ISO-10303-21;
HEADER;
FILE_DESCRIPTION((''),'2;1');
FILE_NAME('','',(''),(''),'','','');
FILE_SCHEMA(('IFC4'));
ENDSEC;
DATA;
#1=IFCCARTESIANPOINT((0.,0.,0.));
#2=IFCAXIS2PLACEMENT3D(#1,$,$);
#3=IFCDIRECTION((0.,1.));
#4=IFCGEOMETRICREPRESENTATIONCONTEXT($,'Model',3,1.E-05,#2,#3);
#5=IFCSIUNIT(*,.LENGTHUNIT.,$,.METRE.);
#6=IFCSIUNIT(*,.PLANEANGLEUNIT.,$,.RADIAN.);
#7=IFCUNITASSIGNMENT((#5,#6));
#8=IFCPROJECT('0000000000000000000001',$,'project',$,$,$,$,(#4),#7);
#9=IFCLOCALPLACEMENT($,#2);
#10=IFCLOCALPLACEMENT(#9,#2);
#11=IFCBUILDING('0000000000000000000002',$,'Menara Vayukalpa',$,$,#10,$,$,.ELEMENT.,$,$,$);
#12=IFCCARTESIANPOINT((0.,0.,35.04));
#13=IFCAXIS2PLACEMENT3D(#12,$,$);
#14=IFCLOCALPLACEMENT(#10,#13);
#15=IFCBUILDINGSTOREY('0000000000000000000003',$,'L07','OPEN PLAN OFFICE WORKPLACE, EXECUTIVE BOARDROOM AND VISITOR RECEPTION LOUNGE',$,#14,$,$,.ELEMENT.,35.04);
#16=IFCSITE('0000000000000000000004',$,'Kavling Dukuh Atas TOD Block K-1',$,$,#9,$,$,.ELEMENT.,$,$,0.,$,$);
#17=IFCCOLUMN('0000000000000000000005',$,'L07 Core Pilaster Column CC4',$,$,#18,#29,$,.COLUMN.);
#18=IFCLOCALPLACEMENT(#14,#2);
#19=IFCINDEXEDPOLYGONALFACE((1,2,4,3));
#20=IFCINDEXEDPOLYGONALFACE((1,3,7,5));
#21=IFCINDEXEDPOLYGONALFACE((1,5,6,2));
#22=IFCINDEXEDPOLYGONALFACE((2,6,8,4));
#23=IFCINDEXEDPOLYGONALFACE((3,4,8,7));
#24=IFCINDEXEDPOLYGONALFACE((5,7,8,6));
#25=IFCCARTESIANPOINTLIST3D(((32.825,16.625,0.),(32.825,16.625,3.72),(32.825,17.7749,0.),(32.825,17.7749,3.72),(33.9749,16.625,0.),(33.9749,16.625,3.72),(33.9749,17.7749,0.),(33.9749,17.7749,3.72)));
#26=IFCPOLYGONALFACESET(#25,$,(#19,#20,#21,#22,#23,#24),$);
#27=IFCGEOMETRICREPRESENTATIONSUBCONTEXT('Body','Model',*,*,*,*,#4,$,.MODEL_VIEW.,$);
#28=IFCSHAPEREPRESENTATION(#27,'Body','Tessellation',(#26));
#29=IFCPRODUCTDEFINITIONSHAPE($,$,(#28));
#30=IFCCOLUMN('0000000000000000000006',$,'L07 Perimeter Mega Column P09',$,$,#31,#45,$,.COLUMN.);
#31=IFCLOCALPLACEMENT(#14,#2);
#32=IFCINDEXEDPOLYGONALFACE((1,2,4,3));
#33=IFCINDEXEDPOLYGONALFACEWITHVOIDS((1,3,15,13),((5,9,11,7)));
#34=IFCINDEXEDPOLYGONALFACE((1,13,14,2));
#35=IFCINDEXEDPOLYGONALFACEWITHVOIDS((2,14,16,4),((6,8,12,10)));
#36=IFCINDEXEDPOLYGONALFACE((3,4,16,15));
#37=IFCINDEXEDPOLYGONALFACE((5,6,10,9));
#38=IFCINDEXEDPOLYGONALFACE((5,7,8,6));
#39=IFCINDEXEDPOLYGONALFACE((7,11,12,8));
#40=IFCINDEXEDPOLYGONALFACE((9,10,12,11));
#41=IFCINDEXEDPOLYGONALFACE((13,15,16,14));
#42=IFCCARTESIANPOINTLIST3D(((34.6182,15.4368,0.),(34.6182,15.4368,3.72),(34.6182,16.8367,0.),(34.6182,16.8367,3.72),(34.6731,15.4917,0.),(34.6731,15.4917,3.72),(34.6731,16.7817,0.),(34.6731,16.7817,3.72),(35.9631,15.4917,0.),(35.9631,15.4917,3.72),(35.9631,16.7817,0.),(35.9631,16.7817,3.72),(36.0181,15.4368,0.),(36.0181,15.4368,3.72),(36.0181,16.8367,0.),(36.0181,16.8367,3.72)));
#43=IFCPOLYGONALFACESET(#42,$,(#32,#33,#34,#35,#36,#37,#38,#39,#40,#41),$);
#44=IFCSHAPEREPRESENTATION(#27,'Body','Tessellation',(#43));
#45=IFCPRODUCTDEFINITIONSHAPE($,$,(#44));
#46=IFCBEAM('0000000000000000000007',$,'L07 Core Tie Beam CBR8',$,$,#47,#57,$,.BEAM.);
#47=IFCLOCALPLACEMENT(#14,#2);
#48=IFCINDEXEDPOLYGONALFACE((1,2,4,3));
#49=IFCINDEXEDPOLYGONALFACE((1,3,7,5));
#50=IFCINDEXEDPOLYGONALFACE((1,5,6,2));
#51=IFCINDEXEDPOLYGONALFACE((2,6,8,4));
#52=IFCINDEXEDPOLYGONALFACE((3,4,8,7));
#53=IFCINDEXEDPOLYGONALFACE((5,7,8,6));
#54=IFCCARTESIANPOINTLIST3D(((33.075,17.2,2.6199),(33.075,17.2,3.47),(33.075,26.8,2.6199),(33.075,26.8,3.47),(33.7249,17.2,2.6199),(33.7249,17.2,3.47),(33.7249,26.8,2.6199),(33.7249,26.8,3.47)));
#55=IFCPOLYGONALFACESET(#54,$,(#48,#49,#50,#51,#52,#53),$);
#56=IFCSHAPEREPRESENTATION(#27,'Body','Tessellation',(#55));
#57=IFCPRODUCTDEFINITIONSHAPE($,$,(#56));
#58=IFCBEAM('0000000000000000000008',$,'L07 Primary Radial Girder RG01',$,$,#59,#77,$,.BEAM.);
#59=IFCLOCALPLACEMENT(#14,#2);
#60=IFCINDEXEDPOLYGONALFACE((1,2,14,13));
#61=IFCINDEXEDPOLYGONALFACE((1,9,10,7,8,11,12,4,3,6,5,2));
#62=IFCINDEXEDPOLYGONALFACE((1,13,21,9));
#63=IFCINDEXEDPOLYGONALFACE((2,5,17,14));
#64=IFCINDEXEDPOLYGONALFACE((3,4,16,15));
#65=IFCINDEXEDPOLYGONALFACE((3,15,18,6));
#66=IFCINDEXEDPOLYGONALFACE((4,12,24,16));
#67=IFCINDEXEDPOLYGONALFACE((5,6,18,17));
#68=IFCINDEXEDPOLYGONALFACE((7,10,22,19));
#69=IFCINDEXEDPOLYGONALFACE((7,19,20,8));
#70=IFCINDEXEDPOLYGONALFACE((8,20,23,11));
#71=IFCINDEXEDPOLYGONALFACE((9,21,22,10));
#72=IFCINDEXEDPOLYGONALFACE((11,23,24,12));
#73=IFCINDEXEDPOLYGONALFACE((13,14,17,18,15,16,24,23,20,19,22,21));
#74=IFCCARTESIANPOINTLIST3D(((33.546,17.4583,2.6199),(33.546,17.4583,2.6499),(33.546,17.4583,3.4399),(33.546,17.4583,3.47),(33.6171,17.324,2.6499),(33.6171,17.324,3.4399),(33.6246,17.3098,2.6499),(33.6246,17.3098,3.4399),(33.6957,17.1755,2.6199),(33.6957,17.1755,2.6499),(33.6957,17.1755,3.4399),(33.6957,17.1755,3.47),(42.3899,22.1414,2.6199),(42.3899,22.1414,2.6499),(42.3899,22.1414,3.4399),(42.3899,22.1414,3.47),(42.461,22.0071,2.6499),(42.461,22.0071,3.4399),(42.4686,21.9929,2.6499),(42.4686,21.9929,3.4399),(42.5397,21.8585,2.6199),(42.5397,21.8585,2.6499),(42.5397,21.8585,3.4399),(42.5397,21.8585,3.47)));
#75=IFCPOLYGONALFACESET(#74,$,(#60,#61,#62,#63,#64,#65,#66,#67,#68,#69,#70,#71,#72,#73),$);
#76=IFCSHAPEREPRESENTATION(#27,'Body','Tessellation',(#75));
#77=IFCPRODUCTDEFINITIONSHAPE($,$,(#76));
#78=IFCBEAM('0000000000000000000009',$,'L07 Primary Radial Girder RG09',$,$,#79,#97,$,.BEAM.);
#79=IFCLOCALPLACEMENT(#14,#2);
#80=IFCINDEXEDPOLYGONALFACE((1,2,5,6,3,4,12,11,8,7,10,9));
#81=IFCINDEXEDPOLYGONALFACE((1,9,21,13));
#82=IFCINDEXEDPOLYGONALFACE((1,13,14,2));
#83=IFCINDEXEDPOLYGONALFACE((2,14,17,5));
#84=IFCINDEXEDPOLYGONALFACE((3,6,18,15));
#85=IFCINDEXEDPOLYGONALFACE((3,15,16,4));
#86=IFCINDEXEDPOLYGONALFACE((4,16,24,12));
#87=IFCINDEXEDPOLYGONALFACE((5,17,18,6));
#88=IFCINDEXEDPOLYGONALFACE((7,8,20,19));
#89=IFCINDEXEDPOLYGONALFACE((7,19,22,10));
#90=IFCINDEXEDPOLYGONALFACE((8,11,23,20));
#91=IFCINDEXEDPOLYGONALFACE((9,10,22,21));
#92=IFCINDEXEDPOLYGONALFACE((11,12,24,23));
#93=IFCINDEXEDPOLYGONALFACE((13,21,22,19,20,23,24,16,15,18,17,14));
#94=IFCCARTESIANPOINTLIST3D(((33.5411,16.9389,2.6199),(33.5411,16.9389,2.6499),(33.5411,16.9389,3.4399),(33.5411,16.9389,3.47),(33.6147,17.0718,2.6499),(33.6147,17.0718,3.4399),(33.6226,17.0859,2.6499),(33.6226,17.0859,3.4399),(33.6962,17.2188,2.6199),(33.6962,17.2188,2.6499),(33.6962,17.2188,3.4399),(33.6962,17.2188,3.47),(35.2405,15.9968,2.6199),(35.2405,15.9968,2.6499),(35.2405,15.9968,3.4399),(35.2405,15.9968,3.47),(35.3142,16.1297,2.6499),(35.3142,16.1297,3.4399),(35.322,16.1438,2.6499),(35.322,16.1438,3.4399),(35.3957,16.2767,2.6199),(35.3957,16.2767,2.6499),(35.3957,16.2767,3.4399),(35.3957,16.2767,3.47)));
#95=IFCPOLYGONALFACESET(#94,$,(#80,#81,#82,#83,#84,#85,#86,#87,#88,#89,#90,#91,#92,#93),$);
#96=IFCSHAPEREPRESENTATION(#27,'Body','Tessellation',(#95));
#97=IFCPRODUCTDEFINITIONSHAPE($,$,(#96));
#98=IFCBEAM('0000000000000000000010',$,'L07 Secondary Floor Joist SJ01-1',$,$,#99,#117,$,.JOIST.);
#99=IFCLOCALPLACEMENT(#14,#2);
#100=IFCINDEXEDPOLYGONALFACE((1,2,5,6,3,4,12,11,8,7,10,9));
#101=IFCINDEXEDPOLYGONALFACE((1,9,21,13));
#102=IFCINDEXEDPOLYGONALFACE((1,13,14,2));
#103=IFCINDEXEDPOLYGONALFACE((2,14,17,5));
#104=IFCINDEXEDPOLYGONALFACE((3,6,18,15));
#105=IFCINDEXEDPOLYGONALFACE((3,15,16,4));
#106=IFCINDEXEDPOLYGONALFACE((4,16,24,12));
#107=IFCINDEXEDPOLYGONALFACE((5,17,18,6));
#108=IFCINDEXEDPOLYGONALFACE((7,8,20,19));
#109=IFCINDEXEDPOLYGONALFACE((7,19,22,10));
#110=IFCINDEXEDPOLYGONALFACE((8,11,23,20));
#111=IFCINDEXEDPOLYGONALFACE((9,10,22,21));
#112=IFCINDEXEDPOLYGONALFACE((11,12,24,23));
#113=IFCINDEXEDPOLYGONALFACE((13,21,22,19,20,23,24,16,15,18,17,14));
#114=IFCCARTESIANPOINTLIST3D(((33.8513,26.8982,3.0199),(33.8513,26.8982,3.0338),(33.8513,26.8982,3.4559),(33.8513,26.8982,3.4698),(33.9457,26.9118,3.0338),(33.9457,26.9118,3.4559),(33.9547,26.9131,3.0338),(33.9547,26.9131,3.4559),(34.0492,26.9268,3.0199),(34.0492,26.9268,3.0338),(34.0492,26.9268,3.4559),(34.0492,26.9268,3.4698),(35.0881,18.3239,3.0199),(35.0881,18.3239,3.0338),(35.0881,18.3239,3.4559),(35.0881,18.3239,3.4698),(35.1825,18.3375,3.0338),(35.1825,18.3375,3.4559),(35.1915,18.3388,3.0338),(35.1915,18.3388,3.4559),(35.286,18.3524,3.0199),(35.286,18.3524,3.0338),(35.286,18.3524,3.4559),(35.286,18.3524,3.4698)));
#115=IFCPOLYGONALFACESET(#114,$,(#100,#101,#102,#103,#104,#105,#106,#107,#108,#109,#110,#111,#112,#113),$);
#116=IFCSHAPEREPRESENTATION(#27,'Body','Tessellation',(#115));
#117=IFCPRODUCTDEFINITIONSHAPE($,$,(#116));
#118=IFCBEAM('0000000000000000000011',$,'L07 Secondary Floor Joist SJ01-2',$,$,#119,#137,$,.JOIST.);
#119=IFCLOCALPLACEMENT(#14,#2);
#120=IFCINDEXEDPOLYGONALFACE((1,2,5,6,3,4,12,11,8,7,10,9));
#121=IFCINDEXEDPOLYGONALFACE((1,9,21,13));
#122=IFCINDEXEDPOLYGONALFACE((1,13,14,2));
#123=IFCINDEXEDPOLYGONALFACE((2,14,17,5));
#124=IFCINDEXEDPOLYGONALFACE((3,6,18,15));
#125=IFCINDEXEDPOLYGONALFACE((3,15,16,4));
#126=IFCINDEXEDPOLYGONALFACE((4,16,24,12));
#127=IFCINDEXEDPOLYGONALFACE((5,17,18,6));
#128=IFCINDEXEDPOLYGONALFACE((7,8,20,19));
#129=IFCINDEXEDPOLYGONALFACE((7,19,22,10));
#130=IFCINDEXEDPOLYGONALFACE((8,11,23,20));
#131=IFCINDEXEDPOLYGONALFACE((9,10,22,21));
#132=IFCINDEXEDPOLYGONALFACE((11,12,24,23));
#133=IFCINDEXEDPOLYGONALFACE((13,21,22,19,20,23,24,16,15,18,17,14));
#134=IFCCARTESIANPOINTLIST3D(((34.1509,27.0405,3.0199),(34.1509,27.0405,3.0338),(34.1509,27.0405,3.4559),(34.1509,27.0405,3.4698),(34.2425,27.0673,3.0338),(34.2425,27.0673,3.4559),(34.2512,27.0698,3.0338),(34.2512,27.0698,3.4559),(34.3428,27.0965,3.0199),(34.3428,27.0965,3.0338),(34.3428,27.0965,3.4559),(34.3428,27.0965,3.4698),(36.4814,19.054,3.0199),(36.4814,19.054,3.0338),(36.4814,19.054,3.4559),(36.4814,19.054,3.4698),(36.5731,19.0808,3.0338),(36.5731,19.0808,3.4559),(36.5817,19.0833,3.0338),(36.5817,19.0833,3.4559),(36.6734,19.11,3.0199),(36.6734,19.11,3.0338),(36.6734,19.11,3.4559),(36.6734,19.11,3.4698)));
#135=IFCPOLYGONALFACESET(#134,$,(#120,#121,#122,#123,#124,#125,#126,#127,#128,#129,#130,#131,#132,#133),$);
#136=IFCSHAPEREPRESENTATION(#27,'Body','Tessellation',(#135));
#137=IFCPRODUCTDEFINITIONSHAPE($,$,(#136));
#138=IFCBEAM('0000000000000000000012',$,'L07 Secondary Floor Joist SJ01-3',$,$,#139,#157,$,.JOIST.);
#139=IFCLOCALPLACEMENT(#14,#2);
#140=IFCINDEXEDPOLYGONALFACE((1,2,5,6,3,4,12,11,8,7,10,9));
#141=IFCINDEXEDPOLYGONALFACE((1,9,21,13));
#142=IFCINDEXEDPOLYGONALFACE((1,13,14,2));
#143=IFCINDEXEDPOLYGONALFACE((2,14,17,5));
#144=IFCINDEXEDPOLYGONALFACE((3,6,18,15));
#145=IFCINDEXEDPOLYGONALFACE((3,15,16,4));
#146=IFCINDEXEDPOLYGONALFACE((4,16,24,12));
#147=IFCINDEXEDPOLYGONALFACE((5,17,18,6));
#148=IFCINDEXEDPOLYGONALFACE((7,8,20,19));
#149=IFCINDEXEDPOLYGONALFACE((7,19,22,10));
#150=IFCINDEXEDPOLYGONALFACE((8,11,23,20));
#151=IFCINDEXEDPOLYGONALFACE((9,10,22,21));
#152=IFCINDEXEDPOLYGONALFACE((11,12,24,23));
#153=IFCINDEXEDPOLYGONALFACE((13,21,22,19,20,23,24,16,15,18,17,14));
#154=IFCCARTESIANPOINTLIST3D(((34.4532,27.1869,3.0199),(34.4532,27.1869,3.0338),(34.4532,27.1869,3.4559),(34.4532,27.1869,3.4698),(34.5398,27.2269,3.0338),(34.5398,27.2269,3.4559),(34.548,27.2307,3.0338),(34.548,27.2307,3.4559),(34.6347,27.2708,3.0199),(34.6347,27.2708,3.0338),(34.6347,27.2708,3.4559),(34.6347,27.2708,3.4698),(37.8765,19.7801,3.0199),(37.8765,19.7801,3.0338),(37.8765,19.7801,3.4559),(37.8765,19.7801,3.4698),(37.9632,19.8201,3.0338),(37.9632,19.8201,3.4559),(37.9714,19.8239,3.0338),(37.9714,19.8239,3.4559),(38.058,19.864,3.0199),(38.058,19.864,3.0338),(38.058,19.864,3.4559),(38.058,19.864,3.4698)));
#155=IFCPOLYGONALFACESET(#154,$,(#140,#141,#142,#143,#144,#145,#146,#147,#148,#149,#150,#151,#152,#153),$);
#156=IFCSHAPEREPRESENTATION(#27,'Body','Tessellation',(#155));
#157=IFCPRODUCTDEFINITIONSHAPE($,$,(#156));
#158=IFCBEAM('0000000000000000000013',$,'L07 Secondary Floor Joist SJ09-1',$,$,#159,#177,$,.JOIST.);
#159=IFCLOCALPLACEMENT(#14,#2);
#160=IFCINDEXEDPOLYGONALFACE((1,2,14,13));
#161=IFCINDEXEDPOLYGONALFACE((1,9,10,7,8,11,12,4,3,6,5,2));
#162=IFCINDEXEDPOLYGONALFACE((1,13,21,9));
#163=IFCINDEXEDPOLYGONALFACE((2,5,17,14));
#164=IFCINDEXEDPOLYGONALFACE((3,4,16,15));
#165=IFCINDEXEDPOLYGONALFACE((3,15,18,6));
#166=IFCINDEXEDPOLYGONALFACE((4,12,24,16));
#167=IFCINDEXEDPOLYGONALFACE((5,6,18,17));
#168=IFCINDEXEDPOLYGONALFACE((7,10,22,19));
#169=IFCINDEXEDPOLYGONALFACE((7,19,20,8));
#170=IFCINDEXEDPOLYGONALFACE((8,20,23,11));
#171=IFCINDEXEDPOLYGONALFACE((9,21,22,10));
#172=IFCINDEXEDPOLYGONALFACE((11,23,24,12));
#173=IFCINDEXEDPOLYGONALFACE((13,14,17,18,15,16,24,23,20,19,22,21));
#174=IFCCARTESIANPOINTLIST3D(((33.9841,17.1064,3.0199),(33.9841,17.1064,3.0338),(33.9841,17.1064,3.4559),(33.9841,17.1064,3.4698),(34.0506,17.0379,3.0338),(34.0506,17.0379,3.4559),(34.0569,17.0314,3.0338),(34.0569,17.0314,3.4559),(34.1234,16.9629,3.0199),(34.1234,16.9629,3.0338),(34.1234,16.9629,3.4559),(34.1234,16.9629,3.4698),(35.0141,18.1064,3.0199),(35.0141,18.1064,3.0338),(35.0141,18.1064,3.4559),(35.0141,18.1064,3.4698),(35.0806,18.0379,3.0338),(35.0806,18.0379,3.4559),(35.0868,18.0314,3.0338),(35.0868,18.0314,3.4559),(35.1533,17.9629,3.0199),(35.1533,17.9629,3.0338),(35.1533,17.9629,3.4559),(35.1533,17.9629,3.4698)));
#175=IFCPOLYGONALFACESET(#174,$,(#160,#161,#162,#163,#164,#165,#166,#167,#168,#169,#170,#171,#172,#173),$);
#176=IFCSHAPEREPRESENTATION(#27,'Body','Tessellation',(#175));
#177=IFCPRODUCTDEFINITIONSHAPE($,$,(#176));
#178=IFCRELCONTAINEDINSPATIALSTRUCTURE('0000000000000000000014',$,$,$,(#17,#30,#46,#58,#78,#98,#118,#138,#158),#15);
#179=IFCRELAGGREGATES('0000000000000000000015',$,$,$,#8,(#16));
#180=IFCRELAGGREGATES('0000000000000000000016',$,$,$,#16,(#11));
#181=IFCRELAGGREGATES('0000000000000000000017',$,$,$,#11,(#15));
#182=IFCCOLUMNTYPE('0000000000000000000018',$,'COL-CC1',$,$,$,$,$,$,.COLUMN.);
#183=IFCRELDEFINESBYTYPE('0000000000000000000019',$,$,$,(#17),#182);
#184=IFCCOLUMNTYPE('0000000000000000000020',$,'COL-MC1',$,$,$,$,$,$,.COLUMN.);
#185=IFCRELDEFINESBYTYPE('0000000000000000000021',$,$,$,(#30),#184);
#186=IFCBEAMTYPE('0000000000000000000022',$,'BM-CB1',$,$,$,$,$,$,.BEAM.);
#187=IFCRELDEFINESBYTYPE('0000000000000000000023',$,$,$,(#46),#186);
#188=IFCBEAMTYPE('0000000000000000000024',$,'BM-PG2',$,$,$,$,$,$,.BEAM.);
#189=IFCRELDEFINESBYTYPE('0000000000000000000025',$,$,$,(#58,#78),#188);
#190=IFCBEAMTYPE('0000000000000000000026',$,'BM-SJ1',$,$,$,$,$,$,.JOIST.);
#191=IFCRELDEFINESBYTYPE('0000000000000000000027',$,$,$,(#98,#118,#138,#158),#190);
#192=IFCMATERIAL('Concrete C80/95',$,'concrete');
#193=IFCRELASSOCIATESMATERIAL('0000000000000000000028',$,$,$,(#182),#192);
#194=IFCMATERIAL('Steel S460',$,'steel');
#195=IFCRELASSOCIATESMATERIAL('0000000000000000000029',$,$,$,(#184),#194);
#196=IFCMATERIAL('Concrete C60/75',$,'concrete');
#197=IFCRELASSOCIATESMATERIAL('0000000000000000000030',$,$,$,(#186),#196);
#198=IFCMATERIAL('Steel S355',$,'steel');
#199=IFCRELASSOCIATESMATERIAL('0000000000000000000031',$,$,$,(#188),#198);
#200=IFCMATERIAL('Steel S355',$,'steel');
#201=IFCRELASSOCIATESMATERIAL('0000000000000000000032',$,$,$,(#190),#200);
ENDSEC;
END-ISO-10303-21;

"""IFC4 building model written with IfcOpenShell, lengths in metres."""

from ifc_helpers import new_model, si_unit, direction, frame, origin, origin_2d, place, context, subcontext, project, spatial, rectangle, hollow_rectangle, i_section, extrude, material, material_profile, profile_set, type_object, element, save


model = new_model("IFC4")

# Units and contexts
model_context = context("Model", 3, precision=1e-05, world=origin(), true_north=direction((0.0, 1.0)))
body_context = subcontext(model_context, "Body", "Model", "MODEL_VIEW")
ifc_project = project(units=[si_unit("LENGTHUNIT", "METRE"), si_unit("PLANEANGLEUNIT", "RADIAN")], contexts=[model_context])

# Site, building, storey
site_placement = place(None, origin())
site = spatial("IfcSite", under=ifc_project, at=site_placement, Name="Kavling Dukuh Atas TOD Block K-1", CompositionType="ELEMENT", RefElevation=0.0)
building_placement = place(site_placement, origin())
building = spatial("IfcBuilding", under=site, at=building_placement, Name="Menara Vayukalpa", CompositionType="ELEMENT")
storey_placement = place(building_placement, frame((0.0, 0.0, 35.04)))
storey = spatial("IfcBuildingStorey", under=building, at=storey_placement, Name="L07", Description="OPEN PLAN OFFICE WORKPLACE, EXECUTIVE BOARDROOM AND VISITOR RECEPTION LOUNGE", CompositionType="ELEMENT", Elevation=35.04)

# Columns
ifc_material_1 = material(Name="Concrete C80/95", Category="concrete")
ifc_material_profile_1 = material_profile(ifc_material_1, rectangle(XDim=1.1499, YDim=1.1499, at=origin_2d()), Name="RC 1150x1150")
ifc_profile_set_1 = profile_set([ifc_material_profile_1], Name="Concrete C80/95")
column_type_1 = type_object("IfcColumnType", Name="COL-CC1", PredefinedType="COLUMN", material=ifc_profile_set_1)
column_1_placement = place(storey_placement, frame((33.3999, 17.2, 0.0), z_axis=(0.0, 0.0, 1.0), x_axis=(1.0, 0.0, 0.0)))
element("IfcColumn", 1, at=column_1_placement, inside=storey, type_object=column_type_1, Name="L07 Core Pilaster Column CC4", PredefinedType="COLUMN", context=body_context, shape_type="SweptSolid", body=[
    extrude(rectangle(XDim=1.1499, YDim=1.1499, at=origin_2d()), origin(), (0.0, 0.0, 1.0), 3.72),
])
ifc_material_2 = material(Name="Steel S460", Category="steel")
ifc_material_profile_2 = material_profile(ifc_material_2, hollow_rectangle(XDim=1.3999, YDim=1.3999, WallThickness=0.0549, at=origin_2d()), Name="BOX 1400x1400x55")
ifc_profile_set_2 = profile_set([ifc_material_profile_2], Name="Steel S460")
column_type_2 = type_object("IfcColumnType", Name="COL-MC1", PredefinedType="COLUMN", material=ifc_profile_set_2)
column_2_placement = place(storey_placement, frame((35.3181, 16.1367, 0.0), z_axis=(0.0, 0.0, 1.0), x_axis=(1.0, 0.0, 0.0)))
element("IfcColumn", 2, at=column_2_placement, inside=storey, type_object=column_type_2, Name="L07 Perimeter Mega Column P09", PredefinedType="COLUMN", context=body_context, shape_type="SweptSolid", body=[
    extrude(hollow_rectangle(XDim=1.3999, YDim=1.3999, WallThickness=0.0549, at=origin_2d()), origin(), (0.0, 0.0, 1.0), 3.72),
])

# Beams
ifc_material_3 = material(Name="Concrete C60/75", Category="concrete")
ifc_material_profile_3 = material_profile(ifc_material_3, rectangle(XDim=0.6499, YDim=0.8501, at=origin_2d()), Name="RC 650x850")
ifc_profile_set_3 = profile_set([ifc_material_profile_3], Name="Concrete C60/75")
beam_type_1 = type_object("IfcBeamType", Name="BM-CB1", PredefinedType="BEAM", material=ifc_profile_set_3)
beam_1_placement = place(storey_placement, frame((33.3999, 17.2, 3.0449), z_axis=(0.0, 1.0, 0.0), x_axis=(-1.0, 0.0, 0.0)))
element("IfcBeam", 3, at=beam_1_placement, inside=storey, type_object=beam_type_1, Name="L07 Core Tie Beam CBR8", PredefinedType="BEAM", context=body_context, shape_type="SweptSolid", body=[
    extrude(rectangle(XDim=0.6499, YDim=0.8501, at=origin_2d()), origin(), (0.0, 0.0, 1.0), 9.6001),
])
ifc_material_4 = material(Name="Steel S355", Category="steel")
ifc_material_profile_4 = material_profile(ifc_material_4, i_section(OverallWidth=0.3201, OverallDepth=0.8501, WebThickness=0.0161, FlangeThickness=0.03, at=origin_2d()), Name="WF 850x320x16x30")
ifc_profile_set_4 = profile_set([ifc_material_profile_4], Name="Steel S355")
beam_type_2 = type_object("IfcBeamType", Name="BM-PG2", PredefinedType="BEAM", material=ifc_profile_set_4)
beam_2_placement = place(storey_placement, frame((33.6208, 17.3169, 3.0449), z_axis=(0.883747, 0.467965, 0.0), x_axis=(-0.467965, 0.883747, 0.0)))
element("IfcBeam", 4, at=beam_2_placement, inside=storey, type_object=beam_type_2, Name="L07 Primary Radial Girder RG01", PredefinedType="BEAM", context=body_context, shape_type="SweptSolid", body=[
    extrude(i_section(OverallWidth=0.3201, OverallDepth=0.8501, WebThickness=0.0161, FlangeThickness=0.03, at=origin_2d()), origin(), (0.0, 0.0, 1.0), 10.0073),
])
beam_3_placement = place(storey_placement, frame((33.6187, 17.0789, 3.0449), z_axis=(0.874595, -0.484853, 0.0), x_axis=(0.484853, 0.874595, 0.0)))
element("IfcBeam", 5, at=beam_3_placement, inside=storey, type_object=beam_type_2, Name="L07 Primary Radial Girder RG09", PredefinedType="BEAM", context=body_context, shape_type="SweptSolid", body=[
    extrude(i_section(OverallWidth=0.3201, OverallDepth=0.8501, WebThickness=0.0161, FlangeThickness=0.03, at=origin_2d()), origin(), (0.0, 0.0, 1.0), 1.9431),
])
ifc_material_5 = material(Name="Steel S355", Category="steel")
ifc_material_profile_5 = material_profile(ifc_material_5, i_section(OverallWidth=0.2, OverallDepth=0.45, WebThickness=0.009, FlangeThickness=0.0139, at=origin_2d()), Name="WF 450x200x9x14")
ifc_profile_set_5 = profile_set([ifc_material_profile_5], Name="Steel S355")
beam_type_3 = type_object("IfcBeamType", Name="BM-SJ1", PredefinedType="JOIST", material=ifc_profile_set_5)
beam_4_placement = place(storey_placement, frame((35.187, 18.3381, 3.2449), z_axis=(-0.142767, 0.989756, 0.0), x_axis=(-0.989756, -0.142767, 0.0)))
element("IfcBeam", 6, at=beam_4_placement, inside=storey, type_object=beam_type_3, Name="L07 Secondary Floor Joist SJ01-1", PredefinedType="JOIST", context=body_context, shape_type="SweptSolid", body=[
    extrude(i_section(OverallWidth=0.2, OverallDepth=0.45, WebThickness=0.009, FlangeThickness=0.0139, at=origin_2d()), origin(), (0.0, 0.0, 1.0), 8.6631),
])
beam_5_placement = place(storey_placement, frame((36.5774, 19.082, 3.2449), z_axis=(-0.280127, 0.959963, 0.0), x_axis=(-0.959963, -0.280127, 0.0)))
element("IfcBeam", 7, at=beam_5_placement, inside=storey, type_object=beam_type_3, Name="L07 Secondary Floor Joist SJ01-2", PredefinedType="JOIST", context=body_context, shape_type="SweptSolid", body=[
    extrude(i_section(OverallWidth=0.2, OverallDepth=0.45, WebThickness=0.009, FlangeThickness=0.0139, at=origin_2d()), origin(), (0.0, 0.0, 1.0), 8.3196),
])
beam_6_placement = place(storey_placement, frame((37.9673, 19.822, 3.2449), z_axis=(-0.419548, 0.907733, 0.0), x_axis=(-0.907733, -0.419548, 0.0)))
element("IfcBeam", 8, at=beam_6_placement, inside=storey, type_object=beam_type_3, Name="L07 Secondary Floor Joist SJ01-3", PredefinedType="JOIST", context=body_context, shape_type="SweptSolid", body=[
    extrude(i_section(OverallWidth=0.2, OverallDepth=0.45, WebThickness=0.009, FlangeThickness=0.0139, at=origin_2d()), origin(), (0.0, 0.0, 1.0), 8.1597),
])
beam_7_placement = place(storey_placement, frame((34.0537, 17.0347, 3.2449), z_axis=(0.717488, 0.696571, 0.0), x_axis=(-0.696571, 0.717488, 0.0)))
element("IfcBeam", 9, at=beam_7_placement, inside=storey, type_object=beam_type_3, Name="L07 Secondary Floor Joist SJ09-1", PredefinedType="JOIST", context=body_context, shape_type="SweptSolid", body=[
    extrude(i_section(OverallWidth=0.2, OverallDepth=0.45, WebThickness=0.009, FlangeThickness=0.0139, at=origin_2d()), origin(), (0.0, 0.0, 1.0), 1.4355),
])

save(model, "model.ifc")
